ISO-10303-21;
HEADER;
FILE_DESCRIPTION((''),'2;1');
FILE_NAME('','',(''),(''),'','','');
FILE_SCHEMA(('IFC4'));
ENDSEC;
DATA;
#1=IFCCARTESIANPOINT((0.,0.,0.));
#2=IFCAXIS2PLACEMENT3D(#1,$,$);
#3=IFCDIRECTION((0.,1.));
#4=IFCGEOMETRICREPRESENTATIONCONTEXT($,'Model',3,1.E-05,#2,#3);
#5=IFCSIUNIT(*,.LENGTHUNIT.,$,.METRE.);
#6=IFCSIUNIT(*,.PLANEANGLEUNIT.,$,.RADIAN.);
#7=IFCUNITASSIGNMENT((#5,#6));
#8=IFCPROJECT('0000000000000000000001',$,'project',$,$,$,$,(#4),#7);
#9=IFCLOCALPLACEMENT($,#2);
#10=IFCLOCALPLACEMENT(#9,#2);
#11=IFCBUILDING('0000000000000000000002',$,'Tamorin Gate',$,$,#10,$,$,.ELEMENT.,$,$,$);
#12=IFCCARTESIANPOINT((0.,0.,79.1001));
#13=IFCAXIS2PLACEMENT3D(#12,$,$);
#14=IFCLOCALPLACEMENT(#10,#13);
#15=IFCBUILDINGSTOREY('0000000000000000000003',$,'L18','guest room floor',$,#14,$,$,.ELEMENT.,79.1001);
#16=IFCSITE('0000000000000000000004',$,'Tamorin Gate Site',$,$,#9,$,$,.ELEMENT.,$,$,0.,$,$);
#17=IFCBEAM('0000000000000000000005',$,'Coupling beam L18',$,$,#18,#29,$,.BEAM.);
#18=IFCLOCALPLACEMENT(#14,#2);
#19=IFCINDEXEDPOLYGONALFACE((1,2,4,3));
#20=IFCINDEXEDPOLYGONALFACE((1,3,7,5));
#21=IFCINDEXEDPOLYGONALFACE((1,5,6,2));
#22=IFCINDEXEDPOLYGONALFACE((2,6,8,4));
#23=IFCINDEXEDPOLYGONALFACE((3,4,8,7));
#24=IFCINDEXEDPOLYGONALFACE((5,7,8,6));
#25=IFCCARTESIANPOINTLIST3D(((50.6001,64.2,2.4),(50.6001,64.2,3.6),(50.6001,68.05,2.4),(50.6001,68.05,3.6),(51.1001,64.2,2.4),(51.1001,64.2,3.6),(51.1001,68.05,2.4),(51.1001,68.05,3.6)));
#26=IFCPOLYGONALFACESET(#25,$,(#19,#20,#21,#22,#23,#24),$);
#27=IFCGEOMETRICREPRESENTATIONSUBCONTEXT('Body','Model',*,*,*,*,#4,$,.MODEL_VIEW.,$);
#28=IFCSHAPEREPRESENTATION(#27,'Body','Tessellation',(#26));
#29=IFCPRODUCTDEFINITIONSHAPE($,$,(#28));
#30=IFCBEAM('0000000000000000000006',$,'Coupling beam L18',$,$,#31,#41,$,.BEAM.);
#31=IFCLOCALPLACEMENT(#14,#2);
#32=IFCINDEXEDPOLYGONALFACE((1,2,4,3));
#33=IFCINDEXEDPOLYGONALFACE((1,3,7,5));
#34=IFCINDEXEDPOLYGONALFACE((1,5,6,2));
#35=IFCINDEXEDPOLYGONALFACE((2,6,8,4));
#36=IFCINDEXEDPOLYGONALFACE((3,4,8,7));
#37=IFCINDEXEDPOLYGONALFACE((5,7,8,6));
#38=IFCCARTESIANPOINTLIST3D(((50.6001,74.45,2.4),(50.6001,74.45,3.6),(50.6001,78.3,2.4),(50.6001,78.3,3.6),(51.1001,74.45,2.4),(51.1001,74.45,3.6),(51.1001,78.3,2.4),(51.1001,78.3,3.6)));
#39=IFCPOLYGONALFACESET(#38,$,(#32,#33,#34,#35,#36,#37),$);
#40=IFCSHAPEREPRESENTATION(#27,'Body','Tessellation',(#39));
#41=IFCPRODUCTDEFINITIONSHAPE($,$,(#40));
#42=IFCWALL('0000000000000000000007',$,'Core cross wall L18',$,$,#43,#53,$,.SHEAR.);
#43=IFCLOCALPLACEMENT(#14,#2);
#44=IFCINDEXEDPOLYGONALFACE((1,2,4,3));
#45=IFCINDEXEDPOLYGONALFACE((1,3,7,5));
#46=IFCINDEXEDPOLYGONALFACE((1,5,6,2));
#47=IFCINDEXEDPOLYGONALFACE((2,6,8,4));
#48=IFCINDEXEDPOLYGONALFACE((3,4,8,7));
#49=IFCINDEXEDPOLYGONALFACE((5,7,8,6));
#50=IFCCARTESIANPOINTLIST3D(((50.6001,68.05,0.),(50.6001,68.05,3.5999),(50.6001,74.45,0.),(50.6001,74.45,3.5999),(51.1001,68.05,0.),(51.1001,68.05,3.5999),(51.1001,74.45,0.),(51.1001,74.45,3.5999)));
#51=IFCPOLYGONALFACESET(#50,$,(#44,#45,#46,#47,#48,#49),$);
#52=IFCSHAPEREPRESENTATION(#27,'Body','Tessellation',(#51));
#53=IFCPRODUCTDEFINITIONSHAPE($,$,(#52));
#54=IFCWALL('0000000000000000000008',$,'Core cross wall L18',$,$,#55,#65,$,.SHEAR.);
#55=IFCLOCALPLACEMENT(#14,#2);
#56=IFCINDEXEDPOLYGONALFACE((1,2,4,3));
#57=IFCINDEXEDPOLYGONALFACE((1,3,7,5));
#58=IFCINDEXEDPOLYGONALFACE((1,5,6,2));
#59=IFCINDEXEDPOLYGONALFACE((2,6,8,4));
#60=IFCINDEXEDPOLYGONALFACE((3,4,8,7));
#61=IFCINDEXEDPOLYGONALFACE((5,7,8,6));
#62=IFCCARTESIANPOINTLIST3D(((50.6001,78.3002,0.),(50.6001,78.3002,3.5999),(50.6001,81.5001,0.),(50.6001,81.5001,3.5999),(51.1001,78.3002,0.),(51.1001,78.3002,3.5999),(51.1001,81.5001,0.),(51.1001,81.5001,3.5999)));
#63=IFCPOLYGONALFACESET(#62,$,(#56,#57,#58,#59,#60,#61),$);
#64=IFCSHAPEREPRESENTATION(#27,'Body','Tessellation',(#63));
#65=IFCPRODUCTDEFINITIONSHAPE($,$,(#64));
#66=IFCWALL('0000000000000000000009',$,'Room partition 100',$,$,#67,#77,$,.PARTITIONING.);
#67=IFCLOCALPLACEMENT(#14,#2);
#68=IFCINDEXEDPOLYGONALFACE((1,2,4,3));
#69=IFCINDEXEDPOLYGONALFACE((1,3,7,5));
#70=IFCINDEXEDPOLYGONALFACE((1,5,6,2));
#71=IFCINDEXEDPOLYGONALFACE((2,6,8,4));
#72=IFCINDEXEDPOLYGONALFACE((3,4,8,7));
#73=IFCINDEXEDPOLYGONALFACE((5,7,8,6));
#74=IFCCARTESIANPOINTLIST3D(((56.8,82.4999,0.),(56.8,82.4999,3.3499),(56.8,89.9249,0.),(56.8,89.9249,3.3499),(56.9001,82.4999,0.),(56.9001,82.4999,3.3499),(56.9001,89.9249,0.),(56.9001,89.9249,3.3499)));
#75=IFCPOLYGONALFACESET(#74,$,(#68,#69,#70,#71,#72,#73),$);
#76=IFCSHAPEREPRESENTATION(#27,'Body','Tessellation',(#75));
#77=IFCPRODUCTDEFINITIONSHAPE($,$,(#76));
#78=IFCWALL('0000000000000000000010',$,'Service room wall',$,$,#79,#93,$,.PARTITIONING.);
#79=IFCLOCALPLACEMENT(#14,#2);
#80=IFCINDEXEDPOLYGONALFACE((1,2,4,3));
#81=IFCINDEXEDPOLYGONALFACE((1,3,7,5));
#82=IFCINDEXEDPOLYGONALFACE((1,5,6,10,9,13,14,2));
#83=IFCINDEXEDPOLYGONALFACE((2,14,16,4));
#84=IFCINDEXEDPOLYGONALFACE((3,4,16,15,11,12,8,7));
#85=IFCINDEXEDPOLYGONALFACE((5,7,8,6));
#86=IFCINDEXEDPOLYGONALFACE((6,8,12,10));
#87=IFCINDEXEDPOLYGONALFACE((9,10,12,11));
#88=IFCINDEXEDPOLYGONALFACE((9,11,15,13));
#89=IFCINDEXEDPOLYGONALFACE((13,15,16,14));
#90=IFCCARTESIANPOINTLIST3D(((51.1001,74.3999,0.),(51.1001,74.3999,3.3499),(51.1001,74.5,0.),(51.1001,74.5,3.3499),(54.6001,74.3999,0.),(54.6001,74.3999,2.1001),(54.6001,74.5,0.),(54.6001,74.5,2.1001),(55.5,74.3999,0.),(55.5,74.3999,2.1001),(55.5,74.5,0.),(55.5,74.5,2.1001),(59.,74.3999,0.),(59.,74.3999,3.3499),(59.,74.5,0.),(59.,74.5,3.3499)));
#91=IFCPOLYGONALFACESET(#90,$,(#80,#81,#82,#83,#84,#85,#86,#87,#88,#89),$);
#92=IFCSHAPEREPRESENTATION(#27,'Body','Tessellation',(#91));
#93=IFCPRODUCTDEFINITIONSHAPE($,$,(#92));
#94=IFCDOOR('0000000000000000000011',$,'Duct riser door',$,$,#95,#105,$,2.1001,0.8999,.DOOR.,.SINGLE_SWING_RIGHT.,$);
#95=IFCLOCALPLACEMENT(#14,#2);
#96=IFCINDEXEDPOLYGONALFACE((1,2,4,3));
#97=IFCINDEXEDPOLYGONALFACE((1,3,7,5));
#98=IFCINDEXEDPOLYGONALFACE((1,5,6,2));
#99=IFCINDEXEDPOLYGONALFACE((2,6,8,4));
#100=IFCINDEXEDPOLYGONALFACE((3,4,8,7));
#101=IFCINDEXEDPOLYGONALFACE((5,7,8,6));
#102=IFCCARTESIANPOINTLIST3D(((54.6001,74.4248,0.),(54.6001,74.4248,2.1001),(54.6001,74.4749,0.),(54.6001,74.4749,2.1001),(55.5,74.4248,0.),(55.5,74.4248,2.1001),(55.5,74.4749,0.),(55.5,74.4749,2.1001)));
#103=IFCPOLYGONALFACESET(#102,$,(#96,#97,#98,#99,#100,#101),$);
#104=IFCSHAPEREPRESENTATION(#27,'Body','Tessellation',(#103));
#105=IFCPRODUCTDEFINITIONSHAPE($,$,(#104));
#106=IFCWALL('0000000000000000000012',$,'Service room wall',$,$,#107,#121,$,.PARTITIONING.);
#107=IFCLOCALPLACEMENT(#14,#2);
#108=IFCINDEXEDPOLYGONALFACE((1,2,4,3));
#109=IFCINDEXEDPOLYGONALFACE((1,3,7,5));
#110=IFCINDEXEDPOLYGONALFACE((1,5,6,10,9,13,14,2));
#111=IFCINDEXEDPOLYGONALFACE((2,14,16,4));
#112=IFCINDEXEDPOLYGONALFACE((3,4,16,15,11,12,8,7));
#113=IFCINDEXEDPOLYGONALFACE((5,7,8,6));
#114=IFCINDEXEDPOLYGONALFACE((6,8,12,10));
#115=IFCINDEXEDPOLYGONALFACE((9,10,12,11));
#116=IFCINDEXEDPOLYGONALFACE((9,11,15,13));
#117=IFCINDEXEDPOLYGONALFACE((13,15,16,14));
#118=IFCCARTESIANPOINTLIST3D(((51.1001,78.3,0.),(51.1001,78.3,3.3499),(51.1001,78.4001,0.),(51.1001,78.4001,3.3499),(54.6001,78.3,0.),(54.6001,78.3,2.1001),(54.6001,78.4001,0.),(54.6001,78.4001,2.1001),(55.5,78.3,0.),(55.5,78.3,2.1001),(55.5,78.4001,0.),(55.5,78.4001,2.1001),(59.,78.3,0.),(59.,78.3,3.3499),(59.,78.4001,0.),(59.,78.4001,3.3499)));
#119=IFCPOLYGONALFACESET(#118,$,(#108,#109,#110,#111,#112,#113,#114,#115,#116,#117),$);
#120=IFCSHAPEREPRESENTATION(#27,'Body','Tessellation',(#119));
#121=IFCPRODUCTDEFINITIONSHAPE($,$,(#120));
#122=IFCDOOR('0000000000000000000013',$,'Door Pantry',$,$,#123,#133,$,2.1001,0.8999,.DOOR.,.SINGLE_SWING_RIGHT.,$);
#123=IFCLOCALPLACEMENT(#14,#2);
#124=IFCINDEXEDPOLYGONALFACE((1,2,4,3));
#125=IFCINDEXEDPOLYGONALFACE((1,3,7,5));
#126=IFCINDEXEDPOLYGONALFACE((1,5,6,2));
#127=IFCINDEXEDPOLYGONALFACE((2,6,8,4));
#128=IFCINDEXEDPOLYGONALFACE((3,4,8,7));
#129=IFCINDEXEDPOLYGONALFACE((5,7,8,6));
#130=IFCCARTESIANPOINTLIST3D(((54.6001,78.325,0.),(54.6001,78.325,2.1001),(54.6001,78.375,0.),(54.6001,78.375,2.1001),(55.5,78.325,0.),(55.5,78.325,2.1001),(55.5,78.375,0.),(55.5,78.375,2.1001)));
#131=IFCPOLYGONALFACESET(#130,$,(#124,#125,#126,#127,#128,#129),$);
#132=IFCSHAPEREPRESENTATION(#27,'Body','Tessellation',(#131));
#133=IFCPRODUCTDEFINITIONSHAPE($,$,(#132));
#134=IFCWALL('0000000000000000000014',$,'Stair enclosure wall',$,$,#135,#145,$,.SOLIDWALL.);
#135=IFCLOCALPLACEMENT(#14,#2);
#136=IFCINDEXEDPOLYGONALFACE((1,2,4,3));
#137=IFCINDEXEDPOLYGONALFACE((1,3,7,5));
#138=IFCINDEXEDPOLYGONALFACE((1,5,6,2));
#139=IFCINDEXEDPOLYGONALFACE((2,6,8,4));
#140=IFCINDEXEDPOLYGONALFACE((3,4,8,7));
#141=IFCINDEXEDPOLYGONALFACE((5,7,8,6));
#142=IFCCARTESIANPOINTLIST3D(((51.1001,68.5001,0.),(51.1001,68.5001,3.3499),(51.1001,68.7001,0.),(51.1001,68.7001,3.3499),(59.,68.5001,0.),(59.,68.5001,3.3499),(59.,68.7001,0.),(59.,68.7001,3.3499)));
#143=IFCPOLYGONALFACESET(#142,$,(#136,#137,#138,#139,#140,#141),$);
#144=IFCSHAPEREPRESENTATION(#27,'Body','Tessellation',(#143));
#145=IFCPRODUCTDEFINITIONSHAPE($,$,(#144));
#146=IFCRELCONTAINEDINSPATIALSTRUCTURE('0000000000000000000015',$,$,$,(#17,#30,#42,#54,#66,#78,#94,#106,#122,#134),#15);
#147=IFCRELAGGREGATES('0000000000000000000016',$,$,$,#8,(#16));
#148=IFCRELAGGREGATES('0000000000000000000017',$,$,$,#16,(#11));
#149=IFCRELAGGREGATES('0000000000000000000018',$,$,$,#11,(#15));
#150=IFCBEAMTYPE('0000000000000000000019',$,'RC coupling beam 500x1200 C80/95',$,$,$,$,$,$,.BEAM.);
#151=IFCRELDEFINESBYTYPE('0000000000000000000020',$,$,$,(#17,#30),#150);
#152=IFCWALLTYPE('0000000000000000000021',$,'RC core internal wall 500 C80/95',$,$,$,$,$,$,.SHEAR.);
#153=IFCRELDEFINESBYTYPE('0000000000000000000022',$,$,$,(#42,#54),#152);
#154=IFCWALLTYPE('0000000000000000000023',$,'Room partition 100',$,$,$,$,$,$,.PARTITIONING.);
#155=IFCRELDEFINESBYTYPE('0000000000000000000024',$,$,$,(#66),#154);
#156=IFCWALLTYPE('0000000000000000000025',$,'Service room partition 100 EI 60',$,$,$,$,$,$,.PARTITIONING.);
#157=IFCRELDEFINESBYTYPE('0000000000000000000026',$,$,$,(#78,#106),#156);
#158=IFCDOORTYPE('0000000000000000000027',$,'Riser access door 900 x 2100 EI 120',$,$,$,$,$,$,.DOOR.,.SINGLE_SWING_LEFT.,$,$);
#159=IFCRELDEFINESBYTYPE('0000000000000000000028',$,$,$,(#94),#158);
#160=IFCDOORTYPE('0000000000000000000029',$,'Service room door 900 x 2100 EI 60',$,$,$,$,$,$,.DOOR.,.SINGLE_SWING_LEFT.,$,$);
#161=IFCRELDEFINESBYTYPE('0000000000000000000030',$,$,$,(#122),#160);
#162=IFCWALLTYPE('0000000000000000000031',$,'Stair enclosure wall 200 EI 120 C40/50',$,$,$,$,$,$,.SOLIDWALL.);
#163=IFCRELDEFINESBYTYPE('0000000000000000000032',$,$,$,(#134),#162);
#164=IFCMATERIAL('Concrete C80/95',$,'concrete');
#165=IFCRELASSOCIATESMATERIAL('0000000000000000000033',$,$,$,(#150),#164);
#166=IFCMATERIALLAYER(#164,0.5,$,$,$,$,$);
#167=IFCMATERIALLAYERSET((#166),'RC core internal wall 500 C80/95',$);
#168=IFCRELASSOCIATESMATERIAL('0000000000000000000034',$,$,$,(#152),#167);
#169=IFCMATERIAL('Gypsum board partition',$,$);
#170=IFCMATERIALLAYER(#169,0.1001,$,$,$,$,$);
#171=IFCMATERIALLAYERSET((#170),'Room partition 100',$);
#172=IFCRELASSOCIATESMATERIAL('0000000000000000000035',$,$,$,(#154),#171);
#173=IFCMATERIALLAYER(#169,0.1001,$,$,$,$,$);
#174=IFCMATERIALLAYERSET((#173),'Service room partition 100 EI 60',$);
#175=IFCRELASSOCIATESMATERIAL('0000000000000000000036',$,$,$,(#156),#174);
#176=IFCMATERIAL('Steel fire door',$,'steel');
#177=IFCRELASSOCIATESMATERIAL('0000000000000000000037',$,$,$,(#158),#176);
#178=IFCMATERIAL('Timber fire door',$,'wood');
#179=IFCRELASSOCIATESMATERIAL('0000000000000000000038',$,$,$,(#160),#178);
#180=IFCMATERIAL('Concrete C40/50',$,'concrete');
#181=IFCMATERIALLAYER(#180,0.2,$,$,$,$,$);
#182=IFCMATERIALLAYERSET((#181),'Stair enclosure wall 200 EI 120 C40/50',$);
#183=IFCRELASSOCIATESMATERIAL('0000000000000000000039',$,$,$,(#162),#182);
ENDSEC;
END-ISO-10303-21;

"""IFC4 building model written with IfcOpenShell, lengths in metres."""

from ifc_helpers import new_model, si_unit, direction, frame, frame_2d, origin, origin_2d, place, context, subcontext, project, spatial, rectangle, extrude, material, layer, layer_set, material_profile, profile_set, type_object, element, fill, save


model = new_model("IFC4")

# Units and contexts
model_context = context("Model", 3, precision=1e-05, world=origin(), true_north=direction((0.0, 1.0)))
body_context = subcontext(model_context, "Body", "Model", "MODEL_VIEW")
ifc_project = project(units=[si_unit("LENGTHUNIT", "METRE"), si_unit("PLANEANGLEUNIT", "RADIAN")], contexts=[model_context])

# Site, building, storey
site_placement = place(None, origin())
site = spatial("IfcSite", under=ifc_project, at=site_placement, Name="Tamorin Gate Site", CompositionType="ELEMENT", RefElevation=0.0)
building_placement = place(site_placement, origin())
building = spatial("IfcBuilding", under=site, at=building_placement, Name="Tamorin Gate", CompositionType="ELEMENT")
storey_placement = place(building_placement, frame((0.0, 0.0, 79.1001)))
storey = spatial("IfcBuildingStorey", under=building, at=storey_placement, Name="L18", Description="guest room floor", CompositionType="ELEMENT", Elevation=79.1001)

# Beams
ifc_material_1 = material(Name="Concrete C80/95", Category="concrete")
ifc_material_profile = material_profile(ifc_material_1, rectangle(XDim=0.5, YDim=1.2, at=origin_2d()), Name="RC 500x1200")
ifc_profile_set = profile_set([ifc_material_profile], Name="Concrete C80/95")
beam_type = type_object("IfcBeamType", Name="RC coupling beam 500x1200 C80/95", PredefinedType="BEAM", material=ifc_profile_set)
for number, where, z_axis, x_axis, name in (
    (1, (50.8501, 64.2, 3.0), (0.0, 1.0, 0.0), (-1.0, 0.0, 0.0), "Coupling beam L18"),
    (2, (50.8501, 74.45, 3.0), (0.0, 1.0, 0.0), (-1.0, 0.0, 0.0), "Coupling beam L18"),
):
    element("IfcBeam", number, at=place(storey_placement, frame(where, z_axis=z_axis, x_axis=x_axis)), inside=storey, type_object=beam_type, Name=name, PredefinedType="BEAM", context=body_context, shape_type="SweptSolid", body=[
        extrude(rectangle(XDim=0.5, YDim=1.2, at=origin_2d()), origin(), (0.0, 0.0, 1.0), 3.8501),
    ])

# Walls
ifc_layer_1 = layer(ifc_material_1, 0.5)
ifc_layer_set_1 = layer_set([ifc_layer_1], Name="RC core internal wall 500 C80/95")
wall_type_1 = type_object("IfcWallType", Name="RC core internal wall 500 C80/95", PredefinedType="SHEAR", material=ifc_layer_set_1)
wall_1_placement = place(storey_placement, frame((50.8501, 68.05, 0.0), z_axis=(0.0, 0.0, 1.0), x_axis=(0.0, 1.0, 0.0)))
element("IfcWall", 3, at=wall_1_placement, inside=storey, type_object=wall_type_1, Name="Core cross wall L18", PredefinedType="SHEAR", context=body_context, shape_type="SweptSolid", body=[
    extrude(rectangle(XDim=6.3999, YDim=0.5, at=frame_2d((3.2, 0.0))), origin(), (0.0, 0.0, 1.0), 3.5999),
])
wall_2_placement = place(storey_placement, frame((50.8501, 78.3, 0.0), z_axis=(0.0, 0.0, 1.0), x_axis=(0.0, 1.0, 0.0)))
element("IfcWall", 4, at=wall_2_placement, inside=storey, type_object=wall_type_1, Name="Core cross wall L18", PredefinedType="SHEAR", context=body_context, shape_type="SweptSolid", body=[
    extrude(rectangle(XDim=3.2, YDim=0.5, at=frame_2d((1.6001, 0.0))), origin(), (0.0, 0.0, 1.0), 3.5999),
])
ifc_material_2 = material(Name="Gypsum board partition")
ifc_layer_2 = layer(ifc_material_2, 0.1001)
ifc_layer_set_2 = layer_set([ifc_layer_2], Name="Room partition 100")
wall_type_2 = type_object("IfcWallType", Name="Room partition 100", PredefinedType="PARTITIONING", material=ifc_layer_set_2)
wall_3_placement = place(storey_placement, frame((56.8501, 82.5, 0.0), z_axis=(0.0, 0.0, 1.0), x_axis=(0.0, 1.0, 0.0)))
element("IfcWall", 5, at=wall_3_placement, inside=storey, type_object=wall_type_2, Name="Room partition 100", PredefinedType="PARTITIONING", context=body_context, shape_type="SweptSolid", body=[
    extrude(rectangle(XDim=7.425, YDim=0.1001, at=frame_2d((3.7124, 0.0))), origin(), (0.0, 0.0, 1.0), 3.3499),
])

# Walls, openings, doors
ifc_layer_3 = layer(ifc_material_2, 0.1001)
ifc_layer_set_3 = layer_set([ifc_layer_3], Name="Service room partition 100 EI 60")
wall_type_3 = type_object("IfcWallType", Name="Service room partition 100 EI 60", PredefinedType="PARTITIONING", material=ifc_layer_set_3)
wall_4_placement = place(storey_placement, frame((51.1001, 74.45, 0.0), z_axis=(0.0, 0.0, 1.0), x_axis=(1.0, 0.0, 0.0)))
wall_4 = element("IfcWall", 6, at=wall_4_placement, inside=storey, type_object=wall_type_3, Name="Service room wall", PredefinedType="PARTITIONING", context=body_context, shape_type="SweptSolid", body=[
    extrude(rectangle(XDim=7.8999, YDim=0.1001, at=frame_2d((3.95, 0.0))), origin(), (0.0, 0.0, 1.0), 3.3499),
])
opening_1_placement = place(wall_4_placement, frame((3.5, 0.0, 0.0)))
opening_1 = element("IfcOpeningElement", 7, at=opening_1_placement, cuts=wall_4, PredefinedType="OPENING", context=body_context, shape_type="SweptSolid", body=[
    extrude(rectangle(XDim=0.8999, YDim=2.1001, at=frame_2d((0.45, 1.05))), frame((0.0, 0.0601, 0.0), z_axis=(0.0, -1.0, 0.0), x_axis=(1.0, 0.0, 0.0)), (0.0, 0.0, 1.0), 0.1201),
])
ifc_material_3 = material(Name="Steel fire door", Category="steel")
door_type_1 = type_object("IfcDoorType", Name="Riser access door 900 x 2100 EI 120", OperationType="SINGLE_SWING_LEFT", PredefinedType="DOOR", material=ifc_material_3)
door_1_placement = place(opening_1_placement, origin())
door_1 = element("IfcDoor", 8, at=door_1_placement, inside=storey, type_object=door_type_1, Name="Duct riser door", OperationType="SINGLE_SWING_RIGHT", OverallHeight=2.1001, OverallWidth=0.8999, PredefinedType="DOOR", context=body_context, shape_type="SweptSolid", body=[
    extrude(rectangle(XDim=0.8999, YDim=2.1001, at=frame_2d((0.45, 1.05))), frame((0.0, 0.0249, 0.0), z_axis=(0.0, -1.0, 0.0), x_axis=(1.0, 0.0, 0.0)), (0.0, 0.0, 1.0), 0.05),
])
fill(opening_1, door_1)
wall_5_placement = place(storey_placement, frame((51.1001, 78.3501, 0.0), z_axis=(0.0, 0.0, 1.0), x_axis=(1.0, 0.0, 0.0)))
wall_5 = element("IfcWall", 9, at=wall_5_placement, inside=storey, type_object=wall_type_3, Name="Service room wall", PredefinedType="PARTITIONING", context=body_context, shape_type="SweptSolid", body=[
    extrude(rectangle(XDim=7.8999, YDim=0.1001, at=frame_2d((3.95, 0.0))), origin(), (0.0, 0.0, 1.0), 3.3499),
])
opening_2_placement = place(wall_5_placement, frame((3.5, 0.0, 0.0)))
opening_2 = element("IfcOpeningElement", 10, at=opening_2_placement, cuts=wall_5, PredefinedType="OPENING", context=body_context, shape_type="SweptSolid", body=[
    extrude(rectangle(XDim=0.8999, YDim=2.1001, at=frame_2d((0.45, 1.05))), frame((0.0, 0.0601, 0.0), z_axis=(0.0, -1.0, 0.0), x_axis=(1.0, 0.0, 0.0)), (0.0, 0.0, 1.0), 0.1201),
])
ifc_material_4 = material(Name="Timber fire door", Category="wood")
door_type_2 = type_object("IfcDoorType", Name="Service room door 900 x 2100 EI 60", OperationType="SINGLE_SWING_LEFT", PredefinedType="DOOR", material=ifc_material_4)
door_2_placement = place(opening_2_placement, origin())
door_2 = element("IfcDoor", 11, at=door_2_placement, inside=storey, type_object=door_type_2, Name="Door Pantry", OperationType="SINGLE_SWING_RIGHT", OverallHeight=2.1001, OverallWidth=0.8999, PredefinedType="DOOR", context=body_context, shape_type="SweptSolid", body=[
    extrude(rectangle(XDim=0.8999, YDim=2.1001, at=frame_2d((0.45, 1.05))), frame((0.0, 0.0249, 0.0), z_axis=(0.0, -1.0, 0.0), x_axis=(1.0, 0.0, 0.0)), (0.0, 0.0, 1.0), 0.05),
])
fill(opening_2, door_2)

# Wall
ifc_material_5 = material(Name="Concrete C40/50", Category="concrete")
ifc_layer_4 = layer(ifc_material_5, 0.2)
ifc_layer_set_4 = layer_set([ifc_layer_4], Name="Stair enclosure wall 200 EI 120 C40/50")
wall_type_4 = type_object("IfcWallType", Name="Stair enclosure wall 200 EI 120 C40/50", PredefinedType="SOLIDWALL", material=ifc_layer_set_4)
wall_6_placement = place(storey_placement, frame((51.1001, 68.6001, 0.0), z_axis=(0.0, 0.0, 1.0), x_axis=(1.0, 0.0, 0.0)))
element("IfcWall", 12, at=wall_6_placement, inside=storey, type_object=wall_type_4, Name="Stair enclosure wall", PredefinedType="SOLIDWALL", context=body_context, shape_type="SweptSolid", body=[
    extrude(rectangle(XDim=7.8999, YDim=0.2, at=frame_2d((3.95, 0.0))), origin(), (0.0, 0.0, 1.0), 3.3499),
])

save(model, "model.ifc")
